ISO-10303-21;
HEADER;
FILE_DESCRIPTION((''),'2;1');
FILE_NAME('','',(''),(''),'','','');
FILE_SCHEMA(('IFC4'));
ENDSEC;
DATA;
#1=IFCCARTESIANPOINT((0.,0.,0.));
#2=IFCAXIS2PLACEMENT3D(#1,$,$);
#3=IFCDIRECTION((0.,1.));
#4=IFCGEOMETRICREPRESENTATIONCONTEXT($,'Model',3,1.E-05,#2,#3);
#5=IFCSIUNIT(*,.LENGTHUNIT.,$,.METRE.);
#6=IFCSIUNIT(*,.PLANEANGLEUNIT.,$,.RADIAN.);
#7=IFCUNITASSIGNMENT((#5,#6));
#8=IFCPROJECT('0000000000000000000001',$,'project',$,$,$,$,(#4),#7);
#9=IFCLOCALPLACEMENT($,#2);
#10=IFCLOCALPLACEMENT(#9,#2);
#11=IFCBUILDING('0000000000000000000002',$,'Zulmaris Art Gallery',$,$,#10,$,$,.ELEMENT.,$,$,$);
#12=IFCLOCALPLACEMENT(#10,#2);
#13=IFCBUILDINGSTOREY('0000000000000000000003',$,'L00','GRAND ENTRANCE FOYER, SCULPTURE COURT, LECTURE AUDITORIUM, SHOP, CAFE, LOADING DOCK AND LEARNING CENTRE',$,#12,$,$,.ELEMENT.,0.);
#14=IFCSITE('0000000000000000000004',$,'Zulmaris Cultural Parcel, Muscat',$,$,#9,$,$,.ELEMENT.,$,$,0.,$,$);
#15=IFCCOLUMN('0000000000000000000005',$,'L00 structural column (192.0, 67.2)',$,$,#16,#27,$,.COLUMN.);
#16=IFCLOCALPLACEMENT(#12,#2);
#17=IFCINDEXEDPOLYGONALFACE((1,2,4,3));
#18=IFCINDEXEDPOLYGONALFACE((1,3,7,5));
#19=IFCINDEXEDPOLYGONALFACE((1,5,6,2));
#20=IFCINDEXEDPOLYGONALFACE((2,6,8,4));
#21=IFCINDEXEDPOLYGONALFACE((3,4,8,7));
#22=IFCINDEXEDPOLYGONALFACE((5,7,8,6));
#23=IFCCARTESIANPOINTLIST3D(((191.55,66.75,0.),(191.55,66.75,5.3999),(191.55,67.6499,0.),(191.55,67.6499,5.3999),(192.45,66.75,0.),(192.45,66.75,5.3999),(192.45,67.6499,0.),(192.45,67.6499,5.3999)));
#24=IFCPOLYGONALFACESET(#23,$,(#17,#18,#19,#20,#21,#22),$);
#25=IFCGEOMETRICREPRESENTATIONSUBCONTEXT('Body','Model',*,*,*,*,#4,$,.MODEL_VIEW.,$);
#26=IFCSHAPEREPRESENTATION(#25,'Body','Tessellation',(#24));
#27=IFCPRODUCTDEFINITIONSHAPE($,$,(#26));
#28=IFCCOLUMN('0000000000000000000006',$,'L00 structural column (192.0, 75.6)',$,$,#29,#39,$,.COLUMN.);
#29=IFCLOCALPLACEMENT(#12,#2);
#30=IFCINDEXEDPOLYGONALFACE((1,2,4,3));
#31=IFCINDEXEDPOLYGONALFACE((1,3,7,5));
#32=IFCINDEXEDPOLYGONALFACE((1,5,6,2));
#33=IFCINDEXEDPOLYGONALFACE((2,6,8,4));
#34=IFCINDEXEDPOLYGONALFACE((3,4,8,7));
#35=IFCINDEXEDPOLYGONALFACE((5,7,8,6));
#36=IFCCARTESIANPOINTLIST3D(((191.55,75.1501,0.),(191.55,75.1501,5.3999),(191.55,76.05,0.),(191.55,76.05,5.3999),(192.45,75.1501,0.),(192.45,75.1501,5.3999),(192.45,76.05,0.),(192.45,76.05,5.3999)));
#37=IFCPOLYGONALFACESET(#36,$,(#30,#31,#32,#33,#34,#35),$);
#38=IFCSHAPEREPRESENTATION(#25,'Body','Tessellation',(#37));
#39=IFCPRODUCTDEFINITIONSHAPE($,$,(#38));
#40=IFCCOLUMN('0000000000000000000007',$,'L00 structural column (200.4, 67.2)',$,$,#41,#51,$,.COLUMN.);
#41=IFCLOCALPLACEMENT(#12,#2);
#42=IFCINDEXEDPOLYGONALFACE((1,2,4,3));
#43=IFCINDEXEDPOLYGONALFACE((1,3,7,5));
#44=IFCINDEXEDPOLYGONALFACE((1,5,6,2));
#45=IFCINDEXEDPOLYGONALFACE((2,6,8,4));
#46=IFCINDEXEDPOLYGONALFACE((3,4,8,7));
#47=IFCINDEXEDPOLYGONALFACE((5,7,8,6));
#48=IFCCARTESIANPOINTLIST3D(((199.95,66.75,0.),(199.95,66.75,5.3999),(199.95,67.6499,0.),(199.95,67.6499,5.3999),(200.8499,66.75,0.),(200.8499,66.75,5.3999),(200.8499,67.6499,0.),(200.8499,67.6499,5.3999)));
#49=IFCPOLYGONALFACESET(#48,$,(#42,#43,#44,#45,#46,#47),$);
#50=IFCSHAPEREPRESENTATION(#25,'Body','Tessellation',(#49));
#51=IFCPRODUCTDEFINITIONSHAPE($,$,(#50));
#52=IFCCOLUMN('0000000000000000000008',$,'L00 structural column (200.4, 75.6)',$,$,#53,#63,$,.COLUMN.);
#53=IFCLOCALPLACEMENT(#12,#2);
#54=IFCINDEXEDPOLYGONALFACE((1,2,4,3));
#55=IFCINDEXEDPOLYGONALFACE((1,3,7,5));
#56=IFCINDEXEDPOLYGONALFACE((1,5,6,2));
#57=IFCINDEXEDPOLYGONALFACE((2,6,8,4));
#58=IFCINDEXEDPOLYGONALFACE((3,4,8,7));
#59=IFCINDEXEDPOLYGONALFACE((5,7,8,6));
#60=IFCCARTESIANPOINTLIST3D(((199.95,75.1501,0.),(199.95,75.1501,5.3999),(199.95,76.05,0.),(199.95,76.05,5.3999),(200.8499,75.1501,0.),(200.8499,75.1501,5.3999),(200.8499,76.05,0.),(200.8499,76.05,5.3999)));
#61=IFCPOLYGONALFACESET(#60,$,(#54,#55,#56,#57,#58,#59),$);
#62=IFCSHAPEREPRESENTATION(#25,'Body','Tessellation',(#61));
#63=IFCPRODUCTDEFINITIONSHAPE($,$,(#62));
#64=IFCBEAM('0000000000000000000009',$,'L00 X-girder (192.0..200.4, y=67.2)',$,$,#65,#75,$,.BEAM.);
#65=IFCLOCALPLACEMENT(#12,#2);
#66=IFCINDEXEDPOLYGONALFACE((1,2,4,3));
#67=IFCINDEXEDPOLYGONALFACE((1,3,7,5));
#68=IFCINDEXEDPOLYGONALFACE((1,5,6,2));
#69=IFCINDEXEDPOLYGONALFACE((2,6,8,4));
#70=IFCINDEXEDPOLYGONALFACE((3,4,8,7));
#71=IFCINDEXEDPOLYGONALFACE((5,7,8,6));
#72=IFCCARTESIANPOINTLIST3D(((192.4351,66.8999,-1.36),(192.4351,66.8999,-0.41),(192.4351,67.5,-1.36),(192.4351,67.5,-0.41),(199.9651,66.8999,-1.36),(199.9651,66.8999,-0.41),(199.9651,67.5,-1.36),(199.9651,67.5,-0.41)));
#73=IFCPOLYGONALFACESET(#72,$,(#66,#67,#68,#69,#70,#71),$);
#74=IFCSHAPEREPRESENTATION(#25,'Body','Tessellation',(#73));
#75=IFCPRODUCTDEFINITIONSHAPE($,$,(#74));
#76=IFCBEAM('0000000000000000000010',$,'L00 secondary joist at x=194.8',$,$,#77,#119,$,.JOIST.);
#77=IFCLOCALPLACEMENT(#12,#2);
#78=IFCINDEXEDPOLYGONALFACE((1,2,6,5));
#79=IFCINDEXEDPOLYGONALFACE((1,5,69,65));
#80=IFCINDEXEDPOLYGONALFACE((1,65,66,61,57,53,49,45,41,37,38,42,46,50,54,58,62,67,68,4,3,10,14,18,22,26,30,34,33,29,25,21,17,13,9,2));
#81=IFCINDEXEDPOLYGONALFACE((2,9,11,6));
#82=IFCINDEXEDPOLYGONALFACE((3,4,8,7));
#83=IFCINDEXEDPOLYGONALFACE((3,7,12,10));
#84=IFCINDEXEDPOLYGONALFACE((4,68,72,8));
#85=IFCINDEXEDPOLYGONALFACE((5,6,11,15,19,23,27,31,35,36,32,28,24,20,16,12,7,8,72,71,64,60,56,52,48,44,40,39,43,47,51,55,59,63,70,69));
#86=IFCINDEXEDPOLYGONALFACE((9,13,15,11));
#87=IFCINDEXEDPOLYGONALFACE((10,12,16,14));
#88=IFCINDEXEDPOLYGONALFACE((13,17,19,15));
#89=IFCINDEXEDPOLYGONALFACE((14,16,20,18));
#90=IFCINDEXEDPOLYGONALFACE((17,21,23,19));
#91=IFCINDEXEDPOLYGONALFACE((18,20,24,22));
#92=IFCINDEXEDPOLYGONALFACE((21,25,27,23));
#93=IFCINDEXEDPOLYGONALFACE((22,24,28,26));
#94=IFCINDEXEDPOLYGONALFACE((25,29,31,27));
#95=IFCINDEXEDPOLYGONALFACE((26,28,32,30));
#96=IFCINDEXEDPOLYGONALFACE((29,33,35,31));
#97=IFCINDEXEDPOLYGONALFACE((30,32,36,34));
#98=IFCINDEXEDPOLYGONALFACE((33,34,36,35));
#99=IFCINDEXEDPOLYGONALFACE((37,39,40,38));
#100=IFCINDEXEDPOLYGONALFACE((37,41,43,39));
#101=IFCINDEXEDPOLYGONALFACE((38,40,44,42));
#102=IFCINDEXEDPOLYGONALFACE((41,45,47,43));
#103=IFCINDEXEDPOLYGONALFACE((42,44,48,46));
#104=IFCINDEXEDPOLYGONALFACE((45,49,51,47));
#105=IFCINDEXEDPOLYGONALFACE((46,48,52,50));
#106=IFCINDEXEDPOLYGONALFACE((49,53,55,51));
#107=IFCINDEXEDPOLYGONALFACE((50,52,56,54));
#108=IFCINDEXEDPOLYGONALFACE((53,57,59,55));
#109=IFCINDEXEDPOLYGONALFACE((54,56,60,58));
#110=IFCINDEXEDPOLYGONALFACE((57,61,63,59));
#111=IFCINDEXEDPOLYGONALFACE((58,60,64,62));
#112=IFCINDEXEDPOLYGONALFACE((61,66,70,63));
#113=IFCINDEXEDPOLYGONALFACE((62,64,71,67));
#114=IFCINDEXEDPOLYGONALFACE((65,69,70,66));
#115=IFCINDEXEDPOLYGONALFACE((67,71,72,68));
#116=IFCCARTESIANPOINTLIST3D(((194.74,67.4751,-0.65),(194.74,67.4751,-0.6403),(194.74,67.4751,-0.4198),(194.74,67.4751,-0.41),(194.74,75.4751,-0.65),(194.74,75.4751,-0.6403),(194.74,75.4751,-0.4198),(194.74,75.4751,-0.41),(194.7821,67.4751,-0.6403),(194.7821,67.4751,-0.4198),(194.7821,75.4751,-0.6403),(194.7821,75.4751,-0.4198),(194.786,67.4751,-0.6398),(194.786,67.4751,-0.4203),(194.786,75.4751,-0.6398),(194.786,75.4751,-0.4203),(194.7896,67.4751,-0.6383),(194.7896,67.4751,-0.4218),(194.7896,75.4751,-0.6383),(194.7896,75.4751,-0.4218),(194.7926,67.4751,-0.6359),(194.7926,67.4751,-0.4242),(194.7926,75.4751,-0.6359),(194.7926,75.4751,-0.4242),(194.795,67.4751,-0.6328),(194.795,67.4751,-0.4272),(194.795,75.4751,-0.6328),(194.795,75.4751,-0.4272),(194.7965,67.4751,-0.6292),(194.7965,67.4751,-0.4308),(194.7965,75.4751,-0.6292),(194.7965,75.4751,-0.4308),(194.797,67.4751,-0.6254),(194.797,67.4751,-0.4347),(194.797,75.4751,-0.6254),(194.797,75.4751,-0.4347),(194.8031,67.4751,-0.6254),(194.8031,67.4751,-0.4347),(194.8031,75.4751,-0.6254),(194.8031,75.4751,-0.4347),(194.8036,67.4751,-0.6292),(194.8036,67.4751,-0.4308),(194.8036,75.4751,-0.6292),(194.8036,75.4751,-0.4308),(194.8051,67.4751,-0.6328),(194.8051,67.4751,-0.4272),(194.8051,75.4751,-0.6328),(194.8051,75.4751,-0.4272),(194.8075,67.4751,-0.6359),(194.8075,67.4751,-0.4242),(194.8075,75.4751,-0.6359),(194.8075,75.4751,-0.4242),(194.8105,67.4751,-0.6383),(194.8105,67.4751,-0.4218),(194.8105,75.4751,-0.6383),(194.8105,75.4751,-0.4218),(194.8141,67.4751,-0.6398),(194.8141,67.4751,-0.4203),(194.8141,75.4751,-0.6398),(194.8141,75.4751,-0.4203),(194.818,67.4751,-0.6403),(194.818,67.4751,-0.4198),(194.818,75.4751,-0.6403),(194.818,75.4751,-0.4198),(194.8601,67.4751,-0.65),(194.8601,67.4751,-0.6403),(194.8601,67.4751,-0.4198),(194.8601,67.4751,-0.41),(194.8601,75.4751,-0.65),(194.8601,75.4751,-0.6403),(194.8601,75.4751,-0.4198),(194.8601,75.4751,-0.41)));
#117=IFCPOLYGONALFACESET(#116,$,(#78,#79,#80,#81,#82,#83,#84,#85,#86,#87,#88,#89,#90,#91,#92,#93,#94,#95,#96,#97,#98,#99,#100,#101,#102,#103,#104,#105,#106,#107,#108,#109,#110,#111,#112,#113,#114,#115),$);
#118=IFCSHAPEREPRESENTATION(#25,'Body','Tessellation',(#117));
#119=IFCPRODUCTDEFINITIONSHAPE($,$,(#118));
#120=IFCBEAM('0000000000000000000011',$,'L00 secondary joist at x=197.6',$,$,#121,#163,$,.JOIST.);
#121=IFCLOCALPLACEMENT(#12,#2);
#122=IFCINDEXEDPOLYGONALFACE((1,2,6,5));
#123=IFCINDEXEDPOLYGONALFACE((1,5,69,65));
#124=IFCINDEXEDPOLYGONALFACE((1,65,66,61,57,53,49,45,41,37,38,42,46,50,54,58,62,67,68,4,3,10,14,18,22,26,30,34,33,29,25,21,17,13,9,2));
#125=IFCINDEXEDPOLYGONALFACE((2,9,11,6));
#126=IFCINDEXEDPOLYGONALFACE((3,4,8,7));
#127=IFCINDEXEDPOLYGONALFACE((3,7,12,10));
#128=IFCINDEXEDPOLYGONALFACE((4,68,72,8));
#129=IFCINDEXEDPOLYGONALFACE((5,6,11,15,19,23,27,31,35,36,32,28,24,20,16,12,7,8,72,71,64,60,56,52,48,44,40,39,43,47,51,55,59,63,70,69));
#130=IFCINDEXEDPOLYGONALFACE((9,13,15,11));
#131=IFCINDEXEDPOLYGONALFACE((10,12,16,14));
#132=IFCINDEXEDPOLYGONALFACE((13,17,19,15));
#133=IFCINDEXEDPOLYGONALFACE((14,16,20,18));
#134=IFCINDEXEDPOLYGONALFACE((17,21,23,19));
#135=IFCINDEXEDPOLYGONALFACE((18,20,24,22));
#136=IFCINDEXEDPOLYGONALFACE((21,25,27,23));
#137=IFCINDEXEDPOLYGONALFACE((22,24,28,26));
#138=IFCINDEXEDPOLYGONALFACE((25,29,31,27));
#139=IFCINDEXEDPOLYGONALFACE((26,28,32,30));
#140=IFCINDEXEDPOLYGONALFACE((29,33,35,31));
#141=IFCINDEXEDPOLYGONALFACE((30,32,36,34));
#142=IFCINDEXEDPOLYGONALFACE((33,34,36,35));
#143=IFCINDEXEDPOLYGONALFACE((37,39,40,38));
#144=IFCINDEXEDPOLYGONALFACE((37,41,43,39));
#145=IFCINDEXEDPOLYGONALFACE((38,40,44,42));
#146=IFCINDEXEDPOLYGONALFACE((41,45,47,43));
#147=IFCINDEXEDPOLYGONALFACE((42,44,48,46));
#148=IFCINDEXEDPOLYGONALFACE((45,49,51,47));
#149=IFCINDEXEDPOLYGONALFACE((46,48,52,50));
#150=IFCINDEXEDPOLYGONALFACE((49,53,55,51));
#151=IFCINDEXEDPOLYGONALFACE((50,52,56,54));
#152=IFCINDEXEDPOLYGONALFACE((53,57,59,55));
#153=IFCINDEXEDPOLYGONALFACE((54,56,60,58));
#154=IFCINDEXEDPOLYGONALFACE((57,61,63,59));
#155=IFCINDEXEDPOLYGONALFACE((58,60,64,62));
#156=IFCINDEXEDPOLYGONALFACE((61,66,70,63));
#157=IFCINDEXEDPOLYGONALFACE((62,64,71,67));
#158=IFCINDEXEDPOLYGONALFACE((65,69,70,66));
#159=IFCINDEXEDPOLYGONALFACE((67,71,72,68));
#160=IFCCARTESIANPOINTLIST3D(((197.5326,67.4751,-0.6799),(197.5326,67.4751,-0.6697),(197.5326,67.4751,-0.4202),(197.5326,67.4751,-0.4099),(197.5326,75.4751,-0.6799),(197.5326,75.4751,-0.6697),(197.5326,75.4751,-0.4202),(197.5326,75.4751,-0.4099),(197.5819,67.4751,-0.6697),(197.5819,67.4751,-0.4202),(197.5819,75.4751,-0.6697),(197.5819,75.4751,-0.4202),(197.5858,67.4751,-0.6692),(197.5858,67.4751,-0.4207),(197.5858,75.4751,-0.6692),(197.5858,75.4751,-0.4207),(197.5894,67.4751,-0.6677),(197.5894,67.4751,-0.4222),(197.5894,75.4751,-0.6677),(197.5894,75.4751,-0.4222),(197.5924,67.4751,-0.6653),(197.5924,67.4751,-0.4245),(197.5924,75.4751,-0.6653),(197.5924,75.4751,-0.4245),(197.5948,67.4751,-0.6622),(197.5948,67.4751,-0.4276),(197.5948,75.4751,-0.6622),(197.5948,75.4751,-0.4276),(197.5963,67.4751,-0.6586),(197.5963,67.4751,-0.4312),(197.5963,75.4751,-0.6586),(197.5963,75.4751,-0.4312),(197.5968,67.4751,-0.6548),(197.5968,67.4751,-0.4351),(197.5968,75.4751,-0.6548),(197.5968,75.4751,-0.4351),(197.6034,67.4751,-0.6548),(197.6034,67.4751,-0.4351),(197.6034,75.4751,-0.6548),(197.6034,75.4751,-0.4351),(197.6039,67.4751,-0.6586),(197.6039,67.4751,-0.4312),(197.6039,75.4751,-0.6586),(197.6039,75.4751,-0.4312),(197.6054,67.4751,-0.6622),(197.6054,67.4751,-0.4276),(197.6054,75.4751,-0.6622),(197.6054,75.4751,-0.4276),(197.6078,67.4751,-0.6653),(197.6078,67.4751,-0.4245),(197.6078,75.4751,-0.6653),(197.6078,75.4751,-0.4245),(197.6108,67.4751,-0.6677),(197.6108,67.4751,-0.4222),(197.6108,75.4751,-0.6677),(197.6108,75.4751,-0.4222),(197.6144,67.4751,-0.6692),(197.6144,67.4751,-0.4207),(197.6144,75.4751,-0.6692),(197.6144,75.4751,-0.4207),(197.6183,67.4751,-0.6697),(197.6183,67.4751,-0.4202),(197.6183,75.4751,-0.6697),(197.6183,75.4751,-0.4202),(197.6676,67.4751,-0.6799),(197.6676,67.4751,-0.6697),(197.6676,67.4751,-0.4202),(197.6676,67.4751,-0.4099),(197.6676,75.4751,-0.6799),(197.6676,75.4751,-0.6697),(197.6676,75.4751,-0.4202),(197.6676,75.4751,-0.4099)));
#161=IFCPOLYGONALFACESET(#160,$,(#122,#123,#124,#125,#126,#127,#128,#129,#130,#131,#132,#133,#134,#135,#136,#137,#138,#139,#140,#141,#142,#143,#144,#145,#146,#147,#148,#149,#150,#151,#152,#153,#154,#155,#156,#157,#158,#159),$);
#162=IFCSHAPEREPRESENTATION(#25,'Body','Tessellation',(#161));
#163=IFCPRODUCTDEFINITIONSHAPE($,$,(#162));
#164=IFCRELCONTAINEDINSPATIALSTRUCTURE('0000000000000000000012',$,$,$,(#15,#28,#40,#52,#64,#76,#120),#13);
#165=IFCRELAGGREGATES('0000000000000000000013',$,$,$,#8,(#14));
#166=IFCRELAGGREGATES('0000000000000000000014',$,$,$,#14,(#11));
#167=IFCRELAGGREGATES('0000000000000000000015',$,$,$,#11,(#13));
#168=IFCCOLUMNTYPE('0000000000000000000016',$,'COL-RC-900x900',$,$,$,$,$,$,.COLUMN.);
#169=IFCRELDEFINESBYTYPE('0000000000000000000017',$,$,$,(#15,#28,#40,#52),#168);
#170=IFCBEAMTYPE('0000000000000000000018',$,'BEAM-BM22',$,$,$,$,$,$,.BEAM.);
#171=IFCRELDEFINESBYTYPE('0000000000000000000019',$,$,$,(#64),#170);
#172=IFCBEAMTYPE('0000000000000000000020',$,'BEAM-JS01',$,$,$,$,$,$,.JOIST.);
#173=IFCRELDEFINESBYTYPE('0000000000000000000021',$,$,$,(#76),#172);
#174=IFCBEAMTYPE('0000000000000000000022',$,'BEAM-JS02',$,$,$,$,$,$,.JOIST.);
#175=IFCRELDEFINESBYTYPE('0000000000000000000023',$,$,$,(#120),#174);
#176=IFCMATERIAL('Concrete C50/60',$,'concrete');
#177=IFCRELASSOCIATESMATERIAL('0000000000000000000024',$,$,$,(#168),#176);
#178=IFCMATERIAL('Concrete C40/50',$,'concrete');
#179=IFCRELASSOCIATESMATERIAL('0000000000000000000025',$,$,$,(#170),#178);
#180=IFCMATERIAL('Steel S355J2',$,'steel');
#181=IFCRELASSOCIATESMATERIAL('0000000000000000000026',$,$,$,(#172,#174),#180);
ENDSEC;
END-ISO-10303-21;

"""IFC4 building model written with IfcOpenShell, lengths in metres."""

from ifc_helpers import new_model, si_unit, direction, frame, origin, origin_2d, place, context, subcontext, project, spatial, rectangle, i_section, extrude, material, material_profile, profile_set, type_object, element, save


model = new_model("IFC4")

# Units and contexts
model_context = context("Model", 3, precision=1e-05, world=origin(), true_north=direction((0.0, 1.0)))
body_context = subcontext(model_context, "Body", "Model", "MODEL_VIEW")
ifc_project = project(units=[si_unit("LENGTHUNIT", "METRE"), si_unit("PLANEANGLEUNIT", "RADIAN")], contexts=[model_context])

# Site, building, storey
site_placement = place(None, origin())
site = spatial("IfcSite", under=ifc_project, at=site_placement, Name="Zulmaris Cultural Parcel, Muscat", CompositionType="ELEMENT", RefElevation=0.0)
building_placement = place(site_placement, origin())
building = spatial("IfcBuilding", under=site, at=building_placement, Name="Zulmaris Art Gallery", CompositionType="ELEMENT")
storey_placement = place(building_placement, origin())
storey = spatial("IfcBuildingStorey", under=building, at=storey_placement, Name="L00", Description="GRAND ENTRANCE FOYER, SCULPTURE COURT, LECTURE AUDITORIUM, SHOP, CAFE, LOADING DOCK AND LEARNING CENTRE", CompositionType="ELEMENT", Elevation=0.0)

# Columns
ifc_material_1 = material(Name="Concrete C50/60", Category="concrete")
ifc_material_profile_1 = material_profile(ifc_material_1, rectangle(XDim=0.8999, YDim=0.8999, at=origin_2d()), Name="RC 900x900")
ifc_profile_set_1 = profile_set([ifc_material_profile_1], Name="Concrete C50/60")
column_type = type_object("IfcColumnType", Name="COL-RC-900x900", PredefinedType="COLUMN", material=ifc_profile_set_1)
for number, where, z_axis, x_axis, name in (
    (1, (192.0, 67.2, 0.0), (0.0, 0.0, 1.0), (1.0, 0.0, 0.0), "L00 structural column (192.0, 67.2)"),
    (2, (192.0, 75.6001, 0.0), (0.0, 0.0, 1.0), (1.0, 0.0, 0.0), "L00 structural column (192.0, 75.6)"),
    (3, (200.3999, 67.2, 0.0), (0.0, 0.0, 1.0), (1.0, 0.0, 0.0), "L00 structural column (200.4, 67.2)"),
    (4, (200.3999, 75.6001, 0.0), (0.0, 0.0, 1.0), (1.0, 0.0, 0.0), "L00 structural column (200.4, 75.6)"),
):
    element("IfcColumn", number, at=place(storey_placement, frame(where, z_axis=z_axis, x_axis=x_axis)), inside=storey, type_object=column_type, Name=name, PredefinedType="COLUMN", context=body_context, shape_type="SweptSolid", body=[
        extrude(rectangle(XDim=0.8999, YDim=0.8999, at=origin_2d()), origin(), (0.0, 0.0, 1.0), 5.3999),
    ])

# Beams
ifc_material_2 = material(Name="Concrete C40/50", Category="concrete")
ifc_material_profile_2 = material_profile(ifc_material_2, rectangle(XDim=0.6001, YDim=0.95, at=origin_2d()), Name="RC 600x950")
ifc_profile_set_2 = profile_set([ifc_material_profile_2], Name="Concrete C40/50")
beam_type_1 = type_object("IfcBeamType", Name="BEAM-BM22", PredefinedType="BEAM", material=ifc_profile_set_2)
beam_1_placement = place(storey_placement, frame((192.4351, 67.2, -0.885), z_axis=(1.0, 0.0, 0.0), x_axis=(0.0, 1.0, 0.0)))
element("IfcBeam", 5, at=beam_1_placement, inside=storey, type_object=beam_type_1, Name="L00 X-girder (192.0..200.4, y=67.2)", PredefinedType="BEAM", context=body_context, shape_type="SweptSolid", body=[
    extrude(rectangle(XDim=0.6001, YDim=0.95, at=origin_2d()), origin(), (0.0, 0.0, 1.0), 7.53),
])
ifc_material_3 = material(Name="Steel S355J2", Category="steel")
ifc_material_profile_3 = material_profile(ifc_material_3, i_section(OverallWidth=0.1201, OverallDepth=0.24, WebThickness=0.0061, FlangeThickness=0.0098, FilletRadius=0.0149, at=origin_2d()), Name="IPE 240")
ifc_profile_set_3 = profile_set([ifc_material_profile_3], Name="Steel S355J2")
beam_type_2 = type_object("IfcBeamType", Name="BEAM-JS01", PredefinedType="JOIST", material=ifc_profile_set_3)
beam_2_placement = place(storey_placement, frame((194.8, 67.4751, -0.53), z_axis=(0.0, 1.0, 0.0), x_axis=(-1.0, 0.0, 0.0)))
element("IfcBeam", 6, at=beam_2_placement, inside=storey, type_object=beam_type_2, Name="L00 secondary joist at x=194.8", PredefinedType="JOIST", context=body_context, shape_type="SweptSolid", body=[
    extrude(i_section(OverallWidth=0.1201, OverallDepth=0.24, WebThickness=0.0061, FlangeThickness=0.0098, FilletRadius=0.0149, at=origin_2d()), origin(), (0.0, 0.0, 1.0), 8.0),
])
ifc_material_profile_4 = material_profile(ifc_material_3, i_section(OverallWidth=0.135, OverallDepth=0.27, WebThickness=0.0066, FlangeThickness=0.0103, FilletRadius=0.0149, at=origin_2d()), Name="IPE 270")
ifc_profile_set_4 = profile_set([ifc_material_profile_4], Name="Steel S355J2")
beam_type_3 = type_object("IfcBeamType", Name="BEAM-JS02", PredefinedType="JOIST", material=ifc_profile_set_4)
beam_3_placement = place(storey_placement, frame((197.6001, 67.4751, -0.5449), z_axis=(0.0, 1.0, 0.0), x_axis=(-1.0, 0.0, 0.0)))
element("IfcBeam", 7, at=beam_3_placement, inside=storey, type_object=beam_type_3, Name="L00 secondary joist at x=197.6", PredefinedType="JOIST", context=body_context, shape_type="SweptSolid", body=[
    extrude(i_section(OverallWidth=0.135, OverallDepth=0.27, WebThickness=0.0066, FlangeThickness=0.0103, FilletRadius=0.0149, at=origin_2d()), origin(), (0.0, 0.0, 1.0), 8.0),
])

save(model, "model.ifc")
